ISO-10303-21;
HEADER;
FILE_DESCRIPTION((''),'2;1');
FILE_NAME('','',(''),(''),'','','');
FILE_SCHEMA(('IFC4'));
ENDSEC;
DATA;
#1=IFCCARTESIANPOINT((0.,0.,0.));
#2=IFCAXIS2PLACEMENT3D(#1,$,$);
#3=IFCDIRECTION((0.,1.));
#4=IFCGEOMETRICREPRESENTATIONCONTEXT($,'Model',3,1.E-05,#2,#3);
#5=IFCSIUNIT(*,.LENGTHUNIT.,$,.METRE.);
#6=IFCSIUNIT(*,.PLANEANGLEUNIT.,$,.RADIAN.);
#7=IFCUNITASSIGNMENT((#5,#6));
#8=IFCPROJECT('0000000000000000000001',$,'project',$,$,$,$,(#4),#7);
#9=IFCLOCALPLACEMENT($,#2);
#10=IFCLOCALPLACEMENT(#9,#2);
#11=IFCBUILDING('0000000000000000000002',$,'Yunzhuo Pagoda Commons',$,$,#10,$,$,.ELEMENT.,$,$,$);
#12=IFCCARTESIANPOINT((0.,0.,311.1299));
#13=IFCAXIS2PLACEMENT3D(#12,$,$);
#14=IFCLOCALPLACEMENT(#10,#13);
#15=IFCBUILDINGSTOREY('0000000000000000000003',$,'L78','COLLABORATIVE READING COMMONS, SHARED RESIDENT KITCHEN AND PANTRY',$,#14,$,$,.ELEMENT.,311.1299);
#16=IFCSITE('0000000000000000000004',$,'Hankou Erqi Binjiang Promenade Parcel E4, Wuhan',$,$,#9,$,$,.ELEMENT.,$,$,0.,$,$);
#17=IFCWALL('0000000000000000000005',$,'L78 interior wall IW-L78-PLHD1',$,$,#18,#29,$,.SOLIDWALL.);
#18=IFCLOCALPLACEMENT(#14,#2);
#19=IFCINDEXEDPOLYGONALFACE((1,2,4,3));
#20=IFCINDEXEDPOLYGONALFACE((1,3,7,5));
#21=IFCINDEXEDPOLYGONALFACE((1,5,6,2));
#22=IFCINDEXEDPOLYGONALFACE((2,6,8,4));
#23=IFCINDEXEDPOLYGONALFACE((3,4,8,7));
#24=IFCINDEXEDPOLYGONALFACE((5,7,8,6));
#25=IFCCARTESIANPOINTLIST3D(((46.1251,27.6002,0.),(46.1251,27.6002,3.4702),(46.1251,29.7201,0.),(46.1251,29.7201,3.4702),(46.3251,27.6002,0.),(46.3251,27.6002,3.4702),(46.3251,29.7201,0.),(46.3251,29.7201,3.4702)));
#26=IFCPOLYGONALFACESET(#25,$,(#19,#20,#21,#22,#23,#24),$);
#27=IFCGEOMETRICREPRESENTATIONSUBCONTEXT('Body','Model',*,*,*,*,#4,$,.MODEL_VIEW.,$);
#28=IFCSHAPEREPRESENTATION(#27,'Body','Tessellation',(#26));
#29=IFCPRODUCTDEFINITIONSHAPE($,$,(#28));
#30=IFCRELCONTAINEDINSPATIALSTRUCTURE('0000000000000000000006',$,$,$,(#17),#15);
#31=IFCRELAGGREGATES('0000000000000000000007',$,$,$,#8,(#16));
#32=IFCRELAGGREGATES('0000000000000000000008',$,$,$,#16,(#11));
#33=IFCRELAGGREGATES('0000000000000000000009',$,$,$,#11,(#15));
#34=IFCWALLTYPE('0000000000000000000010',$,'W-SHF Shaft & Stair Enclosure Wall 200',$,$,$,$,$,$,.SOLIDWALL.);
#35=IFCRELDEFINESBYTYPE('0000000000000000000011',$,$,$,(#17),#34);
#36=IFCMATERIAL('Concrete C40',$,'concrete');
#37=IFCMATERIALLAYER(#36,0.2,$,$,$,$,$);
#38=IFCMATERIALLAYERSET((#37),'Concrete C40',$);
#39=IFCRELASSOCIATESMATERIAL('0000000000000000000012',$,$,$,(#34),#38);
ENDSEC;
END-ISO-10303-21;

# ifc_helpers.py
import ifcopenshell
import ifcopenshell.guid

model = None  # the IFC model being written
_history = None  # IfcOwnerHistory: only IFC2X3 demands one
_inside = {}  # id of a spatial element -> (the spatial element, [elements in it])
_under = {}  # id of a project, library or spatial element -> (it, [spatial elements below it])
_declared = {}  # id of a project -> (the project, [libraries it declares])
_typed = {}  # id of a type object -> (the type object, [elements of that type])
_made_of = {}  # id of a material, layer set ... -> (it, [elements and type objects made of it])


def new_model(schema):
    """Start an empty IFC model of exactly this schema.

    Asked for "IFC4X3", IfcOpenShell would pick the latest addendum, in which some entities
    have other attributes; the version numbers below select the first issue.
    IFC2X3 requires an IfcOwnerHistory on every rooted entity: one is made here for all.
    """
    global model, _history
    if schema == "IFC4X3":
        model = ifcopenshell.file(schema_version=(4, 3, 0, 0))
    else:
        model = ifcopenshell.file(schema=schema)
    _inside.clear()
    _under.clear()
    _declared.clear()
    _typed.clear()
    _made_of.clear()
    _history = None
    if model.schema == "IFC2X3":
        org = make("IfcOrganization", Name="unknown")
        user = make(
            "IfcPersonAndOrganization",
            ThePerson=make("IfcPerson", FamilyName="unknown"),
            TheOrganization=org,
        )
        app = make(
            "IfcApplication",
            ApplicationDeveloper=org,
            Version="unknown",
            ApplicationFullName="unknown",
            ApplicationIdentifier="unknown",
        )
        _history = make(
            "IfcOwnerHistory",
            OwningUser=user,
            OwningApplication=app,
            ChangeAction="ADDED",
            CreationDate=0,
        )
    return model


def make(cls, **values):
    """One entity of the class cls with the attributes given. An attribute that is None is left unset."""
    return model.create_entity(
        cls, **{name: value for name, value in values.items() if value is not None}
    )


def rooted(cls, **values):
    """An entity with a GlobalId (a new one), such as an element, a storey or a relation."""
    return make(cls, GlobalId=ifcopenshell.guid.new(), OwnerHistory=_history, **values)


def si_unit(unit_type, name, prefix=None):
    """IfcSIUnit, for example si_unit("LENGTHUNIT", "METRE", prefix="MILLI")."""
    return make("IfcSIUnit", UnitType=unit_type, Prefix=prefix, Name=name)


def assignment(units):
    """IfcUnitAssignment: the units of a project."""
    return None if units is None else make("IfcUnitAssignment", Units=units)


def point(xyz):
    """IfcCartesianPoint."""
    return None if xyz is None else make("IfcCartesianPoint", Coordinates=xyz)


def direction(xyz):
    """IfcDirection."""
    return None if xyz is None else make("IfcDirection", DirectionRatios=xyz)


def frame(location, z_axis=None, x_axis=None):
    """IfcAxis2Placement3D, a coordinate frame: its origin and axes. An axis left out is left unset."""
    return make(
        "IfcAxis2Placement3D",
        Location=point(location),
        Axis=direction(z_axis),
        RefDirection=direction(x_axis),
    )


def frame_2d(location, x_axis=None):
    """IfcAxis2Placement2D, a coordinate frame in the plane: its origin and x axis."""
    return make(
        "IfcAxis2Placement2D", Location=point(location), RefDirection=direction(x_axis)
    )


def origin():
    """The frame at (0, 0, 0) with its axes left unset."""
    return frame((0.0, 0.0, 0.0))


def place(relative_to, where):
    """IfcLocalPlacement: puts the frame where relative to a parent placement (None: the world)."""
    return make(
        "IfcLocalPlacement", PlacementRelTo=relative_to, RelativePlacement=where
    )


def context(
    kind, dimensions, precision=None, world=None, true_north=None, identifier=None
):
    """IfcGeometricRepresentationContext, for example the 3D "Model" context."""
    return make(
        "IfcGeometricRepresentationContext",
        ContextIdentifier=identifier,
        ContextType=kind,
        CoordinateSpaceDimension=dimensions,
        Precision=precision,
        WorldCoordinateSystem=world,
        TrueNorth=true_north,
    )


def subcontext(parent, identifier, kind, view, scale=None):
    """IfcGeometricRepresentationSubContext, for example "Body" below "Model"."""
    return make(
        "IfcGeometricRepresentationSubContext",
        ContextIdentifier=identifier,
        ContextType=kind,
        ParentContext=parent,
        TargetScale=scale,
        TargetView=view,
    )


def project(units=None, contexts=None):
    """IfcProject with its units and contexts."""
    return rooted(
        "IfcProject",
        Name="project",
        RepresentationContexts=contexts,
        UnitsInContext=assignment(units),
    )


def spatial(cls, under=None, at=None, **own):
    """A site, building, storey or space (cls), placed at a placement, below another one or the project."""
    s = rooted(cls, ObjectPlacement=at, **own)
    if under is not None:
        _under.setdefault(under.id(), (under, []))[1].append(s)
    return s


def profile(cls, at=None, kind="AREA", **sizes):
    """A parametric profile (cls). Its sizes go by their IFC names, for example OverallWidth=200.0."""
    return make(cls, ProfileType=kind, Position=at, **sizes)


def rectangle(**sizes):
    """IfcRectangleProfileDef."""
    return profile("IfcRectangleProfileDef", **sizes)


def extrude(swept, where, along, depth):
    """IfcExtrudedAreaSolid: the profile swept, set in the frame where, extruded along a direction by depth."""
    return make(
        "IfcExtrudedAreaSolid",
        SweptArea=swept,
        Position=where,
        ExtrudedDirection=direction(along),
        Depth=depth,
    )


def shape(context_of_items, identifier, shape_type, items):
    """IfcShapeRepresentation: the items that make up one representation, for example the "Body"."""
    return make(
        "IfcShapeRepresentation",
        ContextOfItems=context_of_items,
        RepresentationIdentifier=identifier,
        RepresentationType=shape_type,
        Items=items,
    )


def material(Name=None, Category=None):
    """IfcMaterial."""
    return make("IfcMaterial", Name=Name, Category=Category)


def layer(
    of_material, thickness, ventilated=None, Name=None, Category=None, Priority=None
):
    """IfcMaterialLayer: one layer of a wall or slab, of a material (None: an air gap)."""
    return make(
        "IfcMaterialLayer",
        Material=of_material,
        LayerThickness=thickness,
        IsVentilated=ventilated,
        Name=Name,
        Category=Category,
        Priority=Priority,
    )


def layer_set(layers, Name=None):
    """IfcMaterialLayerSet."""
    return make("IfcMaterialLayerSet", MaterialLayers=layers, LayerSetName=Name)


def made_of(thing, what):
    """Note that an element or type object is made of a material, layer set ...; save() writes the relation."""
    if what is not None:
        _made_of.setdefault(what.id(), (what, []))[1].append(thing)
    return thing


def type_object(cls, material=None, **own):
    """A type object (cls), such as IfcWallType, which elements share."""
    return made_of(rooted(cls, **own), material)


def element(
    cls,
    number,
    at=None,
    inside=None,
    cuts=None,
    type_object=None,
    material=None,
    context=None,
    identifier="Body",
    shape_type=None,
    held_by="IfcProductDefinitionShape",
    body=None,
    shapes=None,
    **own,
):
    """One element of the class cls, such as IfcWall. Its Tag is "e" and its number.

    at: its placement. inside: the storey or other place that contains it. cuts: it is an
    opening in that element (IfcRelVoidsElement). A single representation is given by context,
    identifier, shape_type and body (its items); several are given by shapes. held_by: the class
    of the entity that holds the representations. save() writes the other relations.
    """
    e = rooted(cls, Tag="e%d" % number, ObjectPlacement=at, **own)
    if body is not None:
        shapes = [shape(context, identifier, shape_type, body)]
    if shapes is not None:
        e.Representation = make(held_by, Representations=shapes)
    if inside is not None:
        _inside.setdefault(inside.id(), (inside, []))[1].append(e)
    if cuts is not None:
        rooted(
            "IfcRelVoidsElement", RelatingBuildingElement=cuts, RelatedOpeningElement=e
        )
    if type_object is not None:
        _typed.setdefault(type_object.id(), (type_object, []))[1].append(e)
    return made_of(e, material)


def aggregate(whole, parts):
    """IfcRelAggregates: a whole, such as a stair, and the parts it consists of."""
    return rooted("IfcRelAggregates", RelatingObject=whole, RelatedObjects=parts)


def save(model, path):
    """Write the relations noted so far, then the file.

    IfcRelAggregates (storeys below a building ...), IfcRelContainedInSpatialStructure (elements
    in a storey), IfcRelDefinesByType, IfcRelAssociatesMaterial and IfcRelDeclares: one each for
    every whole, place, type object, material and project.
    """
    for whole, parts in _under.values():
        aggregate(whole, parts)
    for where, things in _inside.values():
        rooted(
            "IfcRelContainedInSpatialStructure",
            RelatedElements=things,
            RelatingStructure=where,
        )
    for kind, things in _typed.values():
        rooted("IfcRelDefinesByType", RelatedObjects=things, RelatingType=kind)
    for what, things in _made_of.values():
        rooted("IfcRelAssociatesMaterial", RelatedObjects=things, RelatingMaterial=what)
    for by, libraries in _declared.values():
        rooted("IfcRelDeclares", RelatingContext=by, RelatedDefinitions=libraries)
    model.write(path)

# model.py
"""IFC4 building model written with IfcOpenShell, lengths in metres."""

from ifc_helpers import new_model, si_unit, direction, frame, frame_2d, origin, place, context, subcontext, project, spatial, rectangle, extrude, material, layer, layer_set, type_object, element, save


model = new_model("IFC4")

# Units and contexts
model_context = context("Model", 3, precision=1e-05, world=origin(), true_north=direction((0.0, 1.0)))
body_context = subcontext(model_context, "Body", "Model", "MODEL_VIEW")
ifc_project = project(units=[si_unit("LENGTHUNIT", "METRE"), si_unit("PLANEANGLEUNIT", "RADIAN")], contexts=[model_context])

# Site, building, storey
site_placement = place(None, origin())
site = spatial("IfcSite", under=ifc_project, at=site_placement, Name="Hankou Erqi Binjiang Promenade Parcel E4, Wuhan", CompositionType="ELEMENT", RefElevation=0.0)
building_placement = place(site_placement, origin())
building = spatial("IfcBuilding", under=site, at=building_placement, Name="Yunzhuo Pagoda Commons", CompositionType="ELEMENT")
storey_placement = place(building_placement, frame((0.0, 0.0, 311.1299)))
storey = spatial("IfcBuildingStorey", under=building, at=storey_placement, Name="L78", Description="COLLABORATIVE READING COMMONS, SHARED RESIDENT KITCHEN AND PANTRY", CompositionType="ELEMENT", Elevation=311.1299)

# Shared definitions
ifc_material_1 = material(Name="Concrete C40", Category="concrete")
ifc_layer_1 = layer(ifc_material_1, 0.2)
ifc_layer_set_1 = layer_set([ifc_layer_1], Name="Concrete C40")
wall_type_1 = type_object("IfcWallType", Name="W-SHF Shaft & Stair Enclosure Wall 200", PredefinedType="SOLIDWALL", material=ifc_layer_set_1)

# Wall
wall_1_placement = place(storey_placement, frame((46.2251, 27.6001, 0.0), z_axis=(0.0, 0.0, 1.0), x_axis=(0.0, 1.0, 0.0)))
element("IfcWall", 1, at=wall_1_placement, inside=storey, type_object=wall_type_1, Name="L78 interior wall IW-L78-PLHD1", PredefinedType="SOLIDWALL", context=body_context, shape_type="SweptSolid", body=[
    extrude(rectangle(XDim=2.1199, YDim=0.2, at=frame_2d((1.0601, 0.0))), origin(), (0.0, 0.0, 1.0), 3.4702),
])

save(model, "model.ifc")
